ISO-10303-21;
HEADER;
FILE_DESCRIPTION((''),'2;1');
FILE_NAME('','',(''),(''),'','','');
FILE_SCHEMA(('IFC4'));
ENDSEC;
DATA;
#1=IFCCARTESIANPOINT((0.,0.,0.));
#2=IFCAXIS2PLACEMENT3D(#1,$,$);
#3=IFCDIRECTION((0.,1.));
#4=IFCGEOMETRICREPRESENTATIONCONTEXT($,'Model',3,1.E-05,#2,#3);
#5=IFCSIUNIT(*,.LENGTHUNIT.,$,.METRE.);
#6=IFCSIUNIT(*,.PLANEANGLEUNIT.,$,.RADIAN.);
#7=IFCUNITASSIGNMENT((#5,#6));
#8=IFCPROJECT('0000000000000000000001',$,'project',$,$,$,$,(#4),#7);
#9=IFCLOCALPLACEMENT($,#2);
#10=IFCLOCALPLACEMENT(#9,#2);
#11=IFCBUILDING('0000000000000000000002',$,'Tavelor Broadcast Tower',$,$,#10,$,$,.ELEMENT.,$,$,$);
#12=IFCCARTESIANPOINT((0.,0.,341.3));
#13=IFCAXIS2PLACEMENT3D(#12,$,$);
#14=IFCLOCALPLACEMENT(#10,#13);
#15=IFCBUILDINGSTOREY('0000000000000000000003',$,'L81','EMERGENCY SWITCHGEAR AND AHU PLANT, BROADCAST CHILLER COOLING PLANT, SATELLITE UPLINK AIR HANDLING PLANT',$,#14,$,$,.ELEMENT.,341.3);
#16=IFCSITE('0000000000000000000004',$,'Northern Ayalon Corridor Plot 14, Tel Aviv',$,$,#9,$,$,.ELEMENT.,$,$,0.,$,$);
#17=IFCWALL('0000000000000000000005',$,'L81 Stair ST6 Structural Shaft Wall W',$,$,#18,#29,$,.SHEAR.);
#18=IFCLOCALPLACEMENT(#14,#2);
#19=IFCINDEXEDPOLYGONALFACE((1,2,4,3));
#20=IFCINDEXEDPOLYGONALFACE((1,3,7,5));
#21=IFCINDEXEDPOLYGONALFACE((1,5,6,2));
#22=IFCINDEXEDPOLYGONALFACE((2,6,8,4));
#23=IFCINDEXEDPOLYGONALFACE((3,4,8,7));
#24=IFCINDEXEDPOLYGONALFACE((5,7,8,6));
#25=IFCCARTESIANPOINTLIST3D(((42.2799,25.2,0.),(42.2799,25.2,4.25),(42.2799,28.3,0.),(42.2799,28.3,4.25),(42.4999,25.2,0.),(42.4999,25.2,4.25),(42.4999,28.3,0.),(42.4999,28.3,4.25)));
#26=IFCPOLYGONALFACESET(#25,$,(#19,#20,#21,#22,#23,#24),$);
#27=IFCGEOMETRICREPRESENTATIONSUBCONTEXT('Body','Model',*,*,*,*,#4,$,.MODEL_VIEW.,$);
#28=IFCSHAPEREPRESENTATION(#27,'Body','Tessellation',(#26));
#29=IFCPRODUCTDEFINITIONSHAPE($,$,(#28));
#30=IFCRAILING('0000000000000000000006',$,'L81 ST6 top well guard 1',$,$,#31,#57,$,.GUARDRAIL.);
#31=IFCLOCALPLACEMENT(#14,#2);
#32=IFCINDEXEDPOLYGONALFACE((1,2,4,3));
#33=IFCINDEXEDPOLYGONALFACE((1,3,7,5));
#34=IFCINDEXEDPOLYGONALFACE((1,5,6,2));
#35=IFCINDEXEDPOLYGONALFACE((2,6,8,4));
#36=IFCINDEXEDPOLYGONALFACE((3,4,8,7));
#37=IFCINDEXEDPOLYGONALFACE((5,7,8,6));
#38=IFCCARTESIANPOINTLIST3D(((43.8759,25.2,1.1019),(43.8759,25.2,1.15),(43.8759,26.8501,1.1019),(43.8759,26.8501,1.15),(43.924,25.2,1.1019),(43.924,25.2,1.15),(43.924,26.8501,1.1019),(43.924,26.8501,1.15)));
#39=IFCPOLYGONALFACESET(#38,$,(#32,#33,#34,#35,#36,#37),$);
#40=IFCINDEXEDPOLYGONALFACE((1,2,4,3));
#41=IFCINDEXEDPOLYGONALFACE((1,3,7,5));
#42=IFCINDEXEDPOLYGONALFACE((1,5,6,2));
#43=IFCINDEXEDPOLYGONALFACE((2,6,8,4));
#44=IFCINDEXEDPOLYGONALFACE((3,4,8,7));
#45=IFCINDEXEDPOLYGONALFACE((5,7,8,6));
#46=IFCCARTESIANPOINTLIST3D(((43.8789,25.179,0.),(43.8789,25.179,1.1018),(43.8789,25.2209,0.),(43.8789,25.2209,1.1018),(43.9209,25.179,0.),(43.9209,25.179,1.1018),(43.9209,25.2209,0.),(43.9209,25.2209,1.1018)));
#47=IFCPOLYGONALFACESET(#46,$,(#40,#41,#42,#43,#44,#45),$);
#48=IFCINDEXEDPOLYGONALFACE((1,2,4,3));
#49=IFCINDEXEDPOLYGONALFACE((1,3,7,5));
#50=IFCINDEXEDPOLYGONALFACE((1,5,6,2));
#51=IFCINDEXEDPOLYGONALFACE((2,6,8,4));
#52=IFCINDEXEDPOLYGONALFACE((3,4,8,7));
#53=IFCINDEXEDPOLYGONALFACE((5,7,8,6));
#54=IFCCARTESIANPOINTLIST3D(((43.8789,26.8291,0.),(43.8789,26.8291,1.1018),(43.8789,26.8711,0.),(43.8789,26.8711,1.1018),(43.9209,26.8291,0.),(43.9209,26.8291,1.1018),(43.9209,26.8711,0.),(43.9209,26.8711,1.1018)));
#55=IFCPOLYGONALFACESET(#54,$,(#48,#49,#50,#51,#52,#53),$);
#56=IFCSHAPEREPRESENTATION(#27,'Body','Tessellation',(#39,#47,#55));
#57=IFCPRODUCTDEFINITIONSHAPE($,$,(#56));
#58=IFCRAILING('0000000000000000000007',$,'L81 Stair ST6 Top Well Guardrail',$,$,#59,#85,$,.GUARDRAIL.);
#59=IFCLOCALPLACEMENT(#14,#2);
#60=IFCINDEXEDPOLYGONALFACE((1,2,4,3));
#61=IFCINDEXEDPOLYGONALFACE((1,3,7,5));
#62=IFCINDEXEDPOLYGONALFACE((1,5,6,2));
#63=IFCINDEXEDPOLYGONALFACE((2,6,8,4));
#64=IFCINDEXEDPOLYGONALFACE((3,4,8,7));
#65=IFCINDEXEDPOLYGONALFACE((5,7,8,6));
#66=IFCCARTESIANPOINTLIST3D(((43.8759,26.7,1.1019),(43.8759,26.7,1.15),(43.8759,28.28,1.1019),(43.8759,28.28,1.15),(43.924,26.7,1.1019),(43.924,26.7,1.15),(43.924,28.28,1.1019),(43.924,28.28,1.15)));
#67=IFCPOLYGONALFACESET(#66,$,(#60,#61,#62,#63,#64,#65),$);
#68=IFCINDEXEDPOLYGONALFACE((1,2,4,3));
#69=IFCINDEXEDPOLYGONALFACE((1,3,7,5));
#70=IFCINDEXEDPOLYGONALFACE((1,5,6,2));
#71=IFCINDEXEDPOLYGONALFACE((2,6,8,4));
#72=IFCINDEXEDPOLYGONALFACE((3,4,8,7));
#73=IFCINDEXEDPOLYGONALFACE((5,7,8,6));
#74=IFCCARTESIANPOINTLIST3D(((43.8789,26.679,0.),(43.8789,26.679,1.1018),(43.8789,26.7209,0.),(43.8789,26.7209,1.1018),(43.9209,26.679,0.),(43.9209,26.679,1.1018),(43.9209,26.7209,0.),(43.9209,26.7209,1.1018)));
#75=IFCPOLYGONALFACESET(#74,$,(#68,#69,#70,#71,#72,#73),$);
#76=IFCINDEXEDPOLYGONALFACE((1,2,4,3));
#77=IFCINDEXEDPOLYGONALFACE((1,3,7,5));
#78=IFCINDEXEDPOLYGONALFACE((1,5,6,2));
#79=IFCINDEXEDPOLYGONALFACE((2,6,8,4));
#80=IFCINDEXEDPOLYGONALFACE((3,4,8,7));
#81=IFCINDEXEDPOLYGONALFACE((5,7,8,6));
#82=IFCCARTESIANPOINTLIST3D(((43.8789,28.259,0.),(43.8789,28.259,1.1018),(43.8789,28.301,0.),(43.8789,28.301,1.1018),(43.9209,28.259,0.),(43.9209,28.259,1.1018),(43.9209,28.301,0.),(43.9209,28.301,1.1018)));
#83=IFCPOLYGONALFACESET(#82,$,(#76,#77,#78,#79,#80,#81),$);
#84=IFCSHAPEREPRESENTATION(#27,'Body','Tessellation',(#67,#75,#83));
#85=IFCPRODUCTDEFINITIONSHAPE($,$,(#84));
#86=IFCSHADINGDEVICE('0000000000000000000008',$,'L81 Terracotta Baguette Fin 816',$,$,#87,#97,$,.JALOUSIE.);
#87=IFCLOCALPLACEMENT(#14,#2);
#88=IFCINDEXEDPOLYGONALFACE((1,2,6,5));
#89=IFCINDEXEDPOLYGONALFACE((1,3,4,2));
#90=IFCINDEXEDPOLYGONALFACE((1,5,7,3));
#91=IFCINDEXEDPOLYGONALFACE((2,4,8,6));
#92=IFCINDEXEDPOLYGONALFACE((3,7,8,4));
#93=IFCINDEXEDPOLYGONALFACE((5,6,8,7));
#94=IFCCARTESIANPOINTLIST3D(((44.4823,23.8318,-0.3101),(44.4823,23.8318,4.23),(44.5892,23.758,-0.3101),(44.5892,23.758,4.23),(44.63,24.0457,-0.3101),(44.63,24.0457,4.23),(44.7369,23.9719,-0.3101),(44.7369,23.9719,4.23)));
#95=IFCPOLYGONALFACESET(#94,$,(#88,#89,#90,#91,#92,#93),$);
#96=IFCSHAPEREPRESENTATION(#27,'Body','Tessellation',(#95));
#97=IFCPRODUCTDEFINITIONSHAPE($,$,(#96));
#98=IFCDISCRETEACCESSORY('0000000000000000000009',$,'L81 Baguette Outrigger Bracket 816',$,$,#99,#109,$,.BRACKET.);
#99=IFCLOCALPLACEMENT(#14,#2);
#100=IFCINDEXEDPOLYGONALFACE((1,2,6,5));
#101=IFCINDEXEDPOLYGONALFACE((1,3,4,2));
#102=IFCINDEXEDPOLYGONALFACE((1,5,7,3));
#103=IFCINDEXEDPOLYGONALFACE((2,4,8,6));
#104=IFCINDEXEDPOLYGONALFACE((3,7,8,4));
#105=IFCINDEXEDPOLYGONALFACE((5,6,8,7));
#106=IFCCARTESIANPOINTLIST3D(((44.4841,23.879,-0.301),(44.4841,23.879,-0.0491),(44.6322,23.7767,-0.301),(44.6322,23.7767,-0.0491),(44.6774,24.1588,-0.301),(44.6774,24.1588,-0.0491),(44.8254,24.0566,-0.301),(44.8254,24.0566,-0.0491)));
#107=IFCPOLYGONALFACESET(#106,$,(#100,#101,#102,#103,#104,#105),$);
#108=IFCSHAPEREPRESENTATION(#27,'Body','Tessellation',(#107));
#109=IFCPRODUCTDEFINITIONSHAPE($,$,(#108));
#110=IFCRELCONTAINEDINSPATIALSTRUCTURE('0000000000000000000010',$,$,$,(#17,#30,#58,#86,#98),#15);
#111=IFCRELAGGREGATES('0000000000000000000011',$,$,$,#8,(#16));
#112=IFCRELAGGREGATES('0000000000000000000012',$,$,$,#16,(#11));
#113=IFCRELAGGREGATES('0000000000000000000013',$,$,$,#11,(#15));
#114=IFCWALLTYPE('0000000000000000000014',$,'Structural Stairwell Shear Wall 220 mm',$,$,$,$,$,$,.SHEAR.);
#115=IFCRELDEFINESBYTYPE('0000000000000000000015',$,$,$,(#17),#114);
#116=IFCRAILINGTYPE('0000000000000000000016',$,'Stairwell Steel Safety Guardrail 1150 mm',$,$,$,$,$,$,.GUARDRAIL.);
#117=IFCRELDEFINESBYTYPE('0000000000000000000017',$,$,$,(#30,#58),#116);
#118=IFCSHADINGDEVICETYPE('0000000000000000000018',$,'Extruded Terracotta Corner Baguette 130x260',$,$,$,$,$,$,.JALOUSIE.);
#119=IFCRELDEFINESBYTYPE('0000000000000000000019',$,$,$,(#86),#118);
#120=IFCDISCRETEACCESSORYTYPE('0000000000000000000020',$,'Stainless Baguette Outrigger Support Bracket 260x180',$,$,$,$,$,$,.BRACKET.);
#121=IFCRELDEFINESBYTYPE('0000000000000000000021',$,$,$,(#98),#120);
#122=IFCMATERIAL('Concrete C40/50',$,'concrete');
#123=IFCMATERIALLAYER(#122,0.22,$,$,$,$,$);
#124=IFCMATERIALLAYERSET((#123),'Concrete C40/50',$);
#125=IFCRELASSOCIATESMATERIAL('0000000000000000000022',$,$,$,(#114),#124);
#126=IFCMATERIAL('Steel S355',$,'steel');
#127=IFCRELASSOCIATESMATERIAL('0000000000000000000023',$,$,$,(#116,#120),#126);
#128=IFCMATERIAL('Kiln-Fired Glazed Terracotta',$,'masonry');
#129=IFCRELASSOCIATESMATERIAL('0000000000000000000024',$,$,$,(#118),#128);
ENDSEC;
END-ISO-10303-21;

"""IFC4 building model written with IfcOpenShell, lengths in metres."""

from ifc_helpers import new_model, si_unit, direction, frame, frame_2d, origin, origin_2d, place, context, subcontext, project, spatial, rectangle, extrude, source, transform, mapped, material, layer, layer_set, type_object, type_shapes, element, save


model = new_model("IFC4")

# Units and contexts
model_context = context("Model", 3, precision=1e-05, world=origin(), true_north=direction((0.0, 1.0)))
body_context = subcontext(model_context, "Body", "Model", "MODEL_VIEW")
ifc_project = project(units=[si_unit("LENGTHUNIT", "METRE"), si_unit("PLANEANGLEUNIT", "RADIAN")], contexts=[model_context])

# Site, building, storey
site_placement = place(None, origin())
site = spatial("IfcSite", under=ifc_project, at=site_placement, Name="Northern Ayalon Corridor Plot 14, Tel Aviv", CompositionType="ELEMENT", RefElevation=0.0)
building_placement = place(site_placement, origin())
building = spatial("IfcBuilding", under=site, at=building_placement, Name="Tavelor Broadcast Tower", CompositionType="ELEMENT")
storey_placement = place(building_placement, frame((0.0, 0.0, 341.3)))
storey = spatial("IfcBuildingStorey", under=building, at=storey_placement, Name="L81", Description="EMERGENCY SWITCHGEAR AND AHU PLANT, BROADCAST CHILLER COOLING PLANT, SATELLITE UPLINK AIR HANDLING PLANT", CompositionType="ELEMENT", Elevation=341.3)

# Shared definitions
ifc_material_1 = material(Name="Concrete C40/50", Category="concrete")
ifc_layer_1 = layer(ifc_material_1, 0.22)
ifc_layer_set_1 = layer_set([ifc_layer_1], Name="Concrete C40/50")
wall_type = type_object("IfcWallType", Name="Structural Stairwell Shear Wall 220 mm", PredefinedType="SHEAR", material=ifc_layer_set_1)

# Shared definitions
ifc_material_2 = material(Name="Steel S355", Category="steel")

# Wall
wall_1_placement = place(storey_placement, frame((42.3899, 25.2, 0.0), z_axis=(0.0, 0.0, 1.0), x_axis=(0.0, 1.0, 0.0)))
element("IfcWall", 1, at=wall_1_placement, inside=storey, type_object=wall_type, Name="L81 Stair ST6 Structural Shaft Wall W", PredefinedType="SHEAR", context=body_context, shape_type="SweptSolid", body=[
    extrude(rectangle(XDim=3.1001, YDim=0.22, at=frame_2d((1.55, 0.0))), origin(), (0.0, 0.0, 1.0), 4.25),
])

# Railings
railing_type = type_object("IfcRailingType", Name="Stairwell Steel Safety Guardrail 1150 mm", PredefinedType="GUARDRAIL", material=ifc_material_2)
railing_1_placement = place(storey_placement, frame((43.8999, 25.2, 0.0)))
element("IfcRailing", 2, at=railing_1_placement, inside=storey, type_object=railing_type, Name="L81 ST6 top well guard 1", PredefinedType="GUARDRAIL", context=body_context, shape_type="SweptSolid", body=[
    extrude(rectangle(XDim=0.0481, YDim=0.0481, at=origin_2d()), frame((0.0, 0.0, 1.126), z_axis=(0.0, 1.0, 0.0), x_axis=(-1.0, 0.0, 0.0)), (0.0, 0.0, 1.0), 1.6501),
    extrude(rectangle(XDim=0.042, YDim=0.042, at=origin_2d()), origin(), (0.0, 0.0, 1.0), 1.1018),
    extrude(rectangle(XDim=0.042, YDim=0.042, at=origin_2d()), frame((0.0, 1.6501, 0.0)), (0.0, 0.0, 1.0), 1.1018),
])
railing_2_placement = place(storey_placement, frame((43.8999, 26.7, 0.0)))
element("IfcRailing", 3, at=railing_2_placement, inside=storey, type_object=railing_type, Name="L81 Stair ST6 Top Well Guardrail", PredefinedType="GUARDRAIL", context=body_context, shape_type="SweptSolid", body=[
    extrude(rectangle(XDim=0.0481, YDim=0.0481, at=origin_2d()), frame((0.0, 0.0, 1.126), z_axis=(0.0, 1.0, 0.0), x_axis=(-1.0, 0.0, 0.0)), (0.0, 0.0, 1.0), 1.5801),
    extrude(rectangle(XDim=0.042, YDim=0.042, at=origin_2d()), origin(), (0.0, 0.0, 1.0), 1.1018),
    extrude(rectangle(XDim=0.042, YDim=0.042, at=origin_2d()), frame((0.0, 1.5801, 0.0)), (0.0, 0.0, 1.0), 1.1018),
])

# Shading device
ifc_material_3 = material(Name="Kiln-Fired Glazed Terracotta", Category="masonry")
shading_device_type = type_object("IfcShadingDeviceType", Name="Extruded Terracotta Corner Baguette 130x260", PredefinedType="JALOUSIE", material=ifc_material_3)
shared_shape_1 = source(origin(), body_context, "Body", "SweptSolid", [
    extrude(rectangle(XDim=0.1299, YDim=0.26, at=origin_2d()), origin(), (0.0, 0.0, 1.0), 4.54),
])
type_shapes(shading_device_type, [shared_shape_1])
shading_device_placement = place(storey_placement, frame((44.6096, 23.9019, -0.3101), z_axis=(0.0, 0.0, 1.0), x_axis=(0.822938, -0.568131, 0.0)))
element("IfcShadingDevice", 4, at=shading_device_placement, inside=storey, type_object=shading_device_type, Name="L81 Terracotta Baguette Fin 816", PredefinedType="JALOUSIE", context=body_context, shape_type="MappedRepresentation", body=[
    mapped(shared_shape_1, transform((0.0, 0.0, 0.0), scale=1.0)),
])

# Discrete accessory
discrete_accessory_type = type_object("IfcDiscreteAccessoryType", Name="Stainless Baguette Outrigger Support Bracket 260x180", PredefinedType="BRACKET", material=ifc_material_2)
shared_shape_2 = source(origin(), body_context, "Body", "SweptSolid", [
    extrude(rectangle(XDim=0.1799, YDim=0.3401, at=origin_2d()), origin(), (0.0, 0.0, 1.0), 0.252),
])
type_shapes(discrete_accessory_type, [shared_shape_2])
discrete_accessory_placement = place(storey_placement, frame((44.6548, 23.9678, -0.301), z_axis=(0.0, 0.0, 1.0), x_axis=(0.822938, -0.568131, 0.0)))
element("IfcDiscreteAccessory", 5, at=discrete_accessory_placement, inside=storey, type_object=discrete_accessory_type, Name="L81 Baguette Outrigger Bracket 816", PredefinedType="BRACKET", context=body_context, shape_type="MappedRepresentation", body=[
    mapped(shared_shape_2, transform((0.0, 0.0, 0.0), scale=1.0)),
])

save(model, "model.ifc")
